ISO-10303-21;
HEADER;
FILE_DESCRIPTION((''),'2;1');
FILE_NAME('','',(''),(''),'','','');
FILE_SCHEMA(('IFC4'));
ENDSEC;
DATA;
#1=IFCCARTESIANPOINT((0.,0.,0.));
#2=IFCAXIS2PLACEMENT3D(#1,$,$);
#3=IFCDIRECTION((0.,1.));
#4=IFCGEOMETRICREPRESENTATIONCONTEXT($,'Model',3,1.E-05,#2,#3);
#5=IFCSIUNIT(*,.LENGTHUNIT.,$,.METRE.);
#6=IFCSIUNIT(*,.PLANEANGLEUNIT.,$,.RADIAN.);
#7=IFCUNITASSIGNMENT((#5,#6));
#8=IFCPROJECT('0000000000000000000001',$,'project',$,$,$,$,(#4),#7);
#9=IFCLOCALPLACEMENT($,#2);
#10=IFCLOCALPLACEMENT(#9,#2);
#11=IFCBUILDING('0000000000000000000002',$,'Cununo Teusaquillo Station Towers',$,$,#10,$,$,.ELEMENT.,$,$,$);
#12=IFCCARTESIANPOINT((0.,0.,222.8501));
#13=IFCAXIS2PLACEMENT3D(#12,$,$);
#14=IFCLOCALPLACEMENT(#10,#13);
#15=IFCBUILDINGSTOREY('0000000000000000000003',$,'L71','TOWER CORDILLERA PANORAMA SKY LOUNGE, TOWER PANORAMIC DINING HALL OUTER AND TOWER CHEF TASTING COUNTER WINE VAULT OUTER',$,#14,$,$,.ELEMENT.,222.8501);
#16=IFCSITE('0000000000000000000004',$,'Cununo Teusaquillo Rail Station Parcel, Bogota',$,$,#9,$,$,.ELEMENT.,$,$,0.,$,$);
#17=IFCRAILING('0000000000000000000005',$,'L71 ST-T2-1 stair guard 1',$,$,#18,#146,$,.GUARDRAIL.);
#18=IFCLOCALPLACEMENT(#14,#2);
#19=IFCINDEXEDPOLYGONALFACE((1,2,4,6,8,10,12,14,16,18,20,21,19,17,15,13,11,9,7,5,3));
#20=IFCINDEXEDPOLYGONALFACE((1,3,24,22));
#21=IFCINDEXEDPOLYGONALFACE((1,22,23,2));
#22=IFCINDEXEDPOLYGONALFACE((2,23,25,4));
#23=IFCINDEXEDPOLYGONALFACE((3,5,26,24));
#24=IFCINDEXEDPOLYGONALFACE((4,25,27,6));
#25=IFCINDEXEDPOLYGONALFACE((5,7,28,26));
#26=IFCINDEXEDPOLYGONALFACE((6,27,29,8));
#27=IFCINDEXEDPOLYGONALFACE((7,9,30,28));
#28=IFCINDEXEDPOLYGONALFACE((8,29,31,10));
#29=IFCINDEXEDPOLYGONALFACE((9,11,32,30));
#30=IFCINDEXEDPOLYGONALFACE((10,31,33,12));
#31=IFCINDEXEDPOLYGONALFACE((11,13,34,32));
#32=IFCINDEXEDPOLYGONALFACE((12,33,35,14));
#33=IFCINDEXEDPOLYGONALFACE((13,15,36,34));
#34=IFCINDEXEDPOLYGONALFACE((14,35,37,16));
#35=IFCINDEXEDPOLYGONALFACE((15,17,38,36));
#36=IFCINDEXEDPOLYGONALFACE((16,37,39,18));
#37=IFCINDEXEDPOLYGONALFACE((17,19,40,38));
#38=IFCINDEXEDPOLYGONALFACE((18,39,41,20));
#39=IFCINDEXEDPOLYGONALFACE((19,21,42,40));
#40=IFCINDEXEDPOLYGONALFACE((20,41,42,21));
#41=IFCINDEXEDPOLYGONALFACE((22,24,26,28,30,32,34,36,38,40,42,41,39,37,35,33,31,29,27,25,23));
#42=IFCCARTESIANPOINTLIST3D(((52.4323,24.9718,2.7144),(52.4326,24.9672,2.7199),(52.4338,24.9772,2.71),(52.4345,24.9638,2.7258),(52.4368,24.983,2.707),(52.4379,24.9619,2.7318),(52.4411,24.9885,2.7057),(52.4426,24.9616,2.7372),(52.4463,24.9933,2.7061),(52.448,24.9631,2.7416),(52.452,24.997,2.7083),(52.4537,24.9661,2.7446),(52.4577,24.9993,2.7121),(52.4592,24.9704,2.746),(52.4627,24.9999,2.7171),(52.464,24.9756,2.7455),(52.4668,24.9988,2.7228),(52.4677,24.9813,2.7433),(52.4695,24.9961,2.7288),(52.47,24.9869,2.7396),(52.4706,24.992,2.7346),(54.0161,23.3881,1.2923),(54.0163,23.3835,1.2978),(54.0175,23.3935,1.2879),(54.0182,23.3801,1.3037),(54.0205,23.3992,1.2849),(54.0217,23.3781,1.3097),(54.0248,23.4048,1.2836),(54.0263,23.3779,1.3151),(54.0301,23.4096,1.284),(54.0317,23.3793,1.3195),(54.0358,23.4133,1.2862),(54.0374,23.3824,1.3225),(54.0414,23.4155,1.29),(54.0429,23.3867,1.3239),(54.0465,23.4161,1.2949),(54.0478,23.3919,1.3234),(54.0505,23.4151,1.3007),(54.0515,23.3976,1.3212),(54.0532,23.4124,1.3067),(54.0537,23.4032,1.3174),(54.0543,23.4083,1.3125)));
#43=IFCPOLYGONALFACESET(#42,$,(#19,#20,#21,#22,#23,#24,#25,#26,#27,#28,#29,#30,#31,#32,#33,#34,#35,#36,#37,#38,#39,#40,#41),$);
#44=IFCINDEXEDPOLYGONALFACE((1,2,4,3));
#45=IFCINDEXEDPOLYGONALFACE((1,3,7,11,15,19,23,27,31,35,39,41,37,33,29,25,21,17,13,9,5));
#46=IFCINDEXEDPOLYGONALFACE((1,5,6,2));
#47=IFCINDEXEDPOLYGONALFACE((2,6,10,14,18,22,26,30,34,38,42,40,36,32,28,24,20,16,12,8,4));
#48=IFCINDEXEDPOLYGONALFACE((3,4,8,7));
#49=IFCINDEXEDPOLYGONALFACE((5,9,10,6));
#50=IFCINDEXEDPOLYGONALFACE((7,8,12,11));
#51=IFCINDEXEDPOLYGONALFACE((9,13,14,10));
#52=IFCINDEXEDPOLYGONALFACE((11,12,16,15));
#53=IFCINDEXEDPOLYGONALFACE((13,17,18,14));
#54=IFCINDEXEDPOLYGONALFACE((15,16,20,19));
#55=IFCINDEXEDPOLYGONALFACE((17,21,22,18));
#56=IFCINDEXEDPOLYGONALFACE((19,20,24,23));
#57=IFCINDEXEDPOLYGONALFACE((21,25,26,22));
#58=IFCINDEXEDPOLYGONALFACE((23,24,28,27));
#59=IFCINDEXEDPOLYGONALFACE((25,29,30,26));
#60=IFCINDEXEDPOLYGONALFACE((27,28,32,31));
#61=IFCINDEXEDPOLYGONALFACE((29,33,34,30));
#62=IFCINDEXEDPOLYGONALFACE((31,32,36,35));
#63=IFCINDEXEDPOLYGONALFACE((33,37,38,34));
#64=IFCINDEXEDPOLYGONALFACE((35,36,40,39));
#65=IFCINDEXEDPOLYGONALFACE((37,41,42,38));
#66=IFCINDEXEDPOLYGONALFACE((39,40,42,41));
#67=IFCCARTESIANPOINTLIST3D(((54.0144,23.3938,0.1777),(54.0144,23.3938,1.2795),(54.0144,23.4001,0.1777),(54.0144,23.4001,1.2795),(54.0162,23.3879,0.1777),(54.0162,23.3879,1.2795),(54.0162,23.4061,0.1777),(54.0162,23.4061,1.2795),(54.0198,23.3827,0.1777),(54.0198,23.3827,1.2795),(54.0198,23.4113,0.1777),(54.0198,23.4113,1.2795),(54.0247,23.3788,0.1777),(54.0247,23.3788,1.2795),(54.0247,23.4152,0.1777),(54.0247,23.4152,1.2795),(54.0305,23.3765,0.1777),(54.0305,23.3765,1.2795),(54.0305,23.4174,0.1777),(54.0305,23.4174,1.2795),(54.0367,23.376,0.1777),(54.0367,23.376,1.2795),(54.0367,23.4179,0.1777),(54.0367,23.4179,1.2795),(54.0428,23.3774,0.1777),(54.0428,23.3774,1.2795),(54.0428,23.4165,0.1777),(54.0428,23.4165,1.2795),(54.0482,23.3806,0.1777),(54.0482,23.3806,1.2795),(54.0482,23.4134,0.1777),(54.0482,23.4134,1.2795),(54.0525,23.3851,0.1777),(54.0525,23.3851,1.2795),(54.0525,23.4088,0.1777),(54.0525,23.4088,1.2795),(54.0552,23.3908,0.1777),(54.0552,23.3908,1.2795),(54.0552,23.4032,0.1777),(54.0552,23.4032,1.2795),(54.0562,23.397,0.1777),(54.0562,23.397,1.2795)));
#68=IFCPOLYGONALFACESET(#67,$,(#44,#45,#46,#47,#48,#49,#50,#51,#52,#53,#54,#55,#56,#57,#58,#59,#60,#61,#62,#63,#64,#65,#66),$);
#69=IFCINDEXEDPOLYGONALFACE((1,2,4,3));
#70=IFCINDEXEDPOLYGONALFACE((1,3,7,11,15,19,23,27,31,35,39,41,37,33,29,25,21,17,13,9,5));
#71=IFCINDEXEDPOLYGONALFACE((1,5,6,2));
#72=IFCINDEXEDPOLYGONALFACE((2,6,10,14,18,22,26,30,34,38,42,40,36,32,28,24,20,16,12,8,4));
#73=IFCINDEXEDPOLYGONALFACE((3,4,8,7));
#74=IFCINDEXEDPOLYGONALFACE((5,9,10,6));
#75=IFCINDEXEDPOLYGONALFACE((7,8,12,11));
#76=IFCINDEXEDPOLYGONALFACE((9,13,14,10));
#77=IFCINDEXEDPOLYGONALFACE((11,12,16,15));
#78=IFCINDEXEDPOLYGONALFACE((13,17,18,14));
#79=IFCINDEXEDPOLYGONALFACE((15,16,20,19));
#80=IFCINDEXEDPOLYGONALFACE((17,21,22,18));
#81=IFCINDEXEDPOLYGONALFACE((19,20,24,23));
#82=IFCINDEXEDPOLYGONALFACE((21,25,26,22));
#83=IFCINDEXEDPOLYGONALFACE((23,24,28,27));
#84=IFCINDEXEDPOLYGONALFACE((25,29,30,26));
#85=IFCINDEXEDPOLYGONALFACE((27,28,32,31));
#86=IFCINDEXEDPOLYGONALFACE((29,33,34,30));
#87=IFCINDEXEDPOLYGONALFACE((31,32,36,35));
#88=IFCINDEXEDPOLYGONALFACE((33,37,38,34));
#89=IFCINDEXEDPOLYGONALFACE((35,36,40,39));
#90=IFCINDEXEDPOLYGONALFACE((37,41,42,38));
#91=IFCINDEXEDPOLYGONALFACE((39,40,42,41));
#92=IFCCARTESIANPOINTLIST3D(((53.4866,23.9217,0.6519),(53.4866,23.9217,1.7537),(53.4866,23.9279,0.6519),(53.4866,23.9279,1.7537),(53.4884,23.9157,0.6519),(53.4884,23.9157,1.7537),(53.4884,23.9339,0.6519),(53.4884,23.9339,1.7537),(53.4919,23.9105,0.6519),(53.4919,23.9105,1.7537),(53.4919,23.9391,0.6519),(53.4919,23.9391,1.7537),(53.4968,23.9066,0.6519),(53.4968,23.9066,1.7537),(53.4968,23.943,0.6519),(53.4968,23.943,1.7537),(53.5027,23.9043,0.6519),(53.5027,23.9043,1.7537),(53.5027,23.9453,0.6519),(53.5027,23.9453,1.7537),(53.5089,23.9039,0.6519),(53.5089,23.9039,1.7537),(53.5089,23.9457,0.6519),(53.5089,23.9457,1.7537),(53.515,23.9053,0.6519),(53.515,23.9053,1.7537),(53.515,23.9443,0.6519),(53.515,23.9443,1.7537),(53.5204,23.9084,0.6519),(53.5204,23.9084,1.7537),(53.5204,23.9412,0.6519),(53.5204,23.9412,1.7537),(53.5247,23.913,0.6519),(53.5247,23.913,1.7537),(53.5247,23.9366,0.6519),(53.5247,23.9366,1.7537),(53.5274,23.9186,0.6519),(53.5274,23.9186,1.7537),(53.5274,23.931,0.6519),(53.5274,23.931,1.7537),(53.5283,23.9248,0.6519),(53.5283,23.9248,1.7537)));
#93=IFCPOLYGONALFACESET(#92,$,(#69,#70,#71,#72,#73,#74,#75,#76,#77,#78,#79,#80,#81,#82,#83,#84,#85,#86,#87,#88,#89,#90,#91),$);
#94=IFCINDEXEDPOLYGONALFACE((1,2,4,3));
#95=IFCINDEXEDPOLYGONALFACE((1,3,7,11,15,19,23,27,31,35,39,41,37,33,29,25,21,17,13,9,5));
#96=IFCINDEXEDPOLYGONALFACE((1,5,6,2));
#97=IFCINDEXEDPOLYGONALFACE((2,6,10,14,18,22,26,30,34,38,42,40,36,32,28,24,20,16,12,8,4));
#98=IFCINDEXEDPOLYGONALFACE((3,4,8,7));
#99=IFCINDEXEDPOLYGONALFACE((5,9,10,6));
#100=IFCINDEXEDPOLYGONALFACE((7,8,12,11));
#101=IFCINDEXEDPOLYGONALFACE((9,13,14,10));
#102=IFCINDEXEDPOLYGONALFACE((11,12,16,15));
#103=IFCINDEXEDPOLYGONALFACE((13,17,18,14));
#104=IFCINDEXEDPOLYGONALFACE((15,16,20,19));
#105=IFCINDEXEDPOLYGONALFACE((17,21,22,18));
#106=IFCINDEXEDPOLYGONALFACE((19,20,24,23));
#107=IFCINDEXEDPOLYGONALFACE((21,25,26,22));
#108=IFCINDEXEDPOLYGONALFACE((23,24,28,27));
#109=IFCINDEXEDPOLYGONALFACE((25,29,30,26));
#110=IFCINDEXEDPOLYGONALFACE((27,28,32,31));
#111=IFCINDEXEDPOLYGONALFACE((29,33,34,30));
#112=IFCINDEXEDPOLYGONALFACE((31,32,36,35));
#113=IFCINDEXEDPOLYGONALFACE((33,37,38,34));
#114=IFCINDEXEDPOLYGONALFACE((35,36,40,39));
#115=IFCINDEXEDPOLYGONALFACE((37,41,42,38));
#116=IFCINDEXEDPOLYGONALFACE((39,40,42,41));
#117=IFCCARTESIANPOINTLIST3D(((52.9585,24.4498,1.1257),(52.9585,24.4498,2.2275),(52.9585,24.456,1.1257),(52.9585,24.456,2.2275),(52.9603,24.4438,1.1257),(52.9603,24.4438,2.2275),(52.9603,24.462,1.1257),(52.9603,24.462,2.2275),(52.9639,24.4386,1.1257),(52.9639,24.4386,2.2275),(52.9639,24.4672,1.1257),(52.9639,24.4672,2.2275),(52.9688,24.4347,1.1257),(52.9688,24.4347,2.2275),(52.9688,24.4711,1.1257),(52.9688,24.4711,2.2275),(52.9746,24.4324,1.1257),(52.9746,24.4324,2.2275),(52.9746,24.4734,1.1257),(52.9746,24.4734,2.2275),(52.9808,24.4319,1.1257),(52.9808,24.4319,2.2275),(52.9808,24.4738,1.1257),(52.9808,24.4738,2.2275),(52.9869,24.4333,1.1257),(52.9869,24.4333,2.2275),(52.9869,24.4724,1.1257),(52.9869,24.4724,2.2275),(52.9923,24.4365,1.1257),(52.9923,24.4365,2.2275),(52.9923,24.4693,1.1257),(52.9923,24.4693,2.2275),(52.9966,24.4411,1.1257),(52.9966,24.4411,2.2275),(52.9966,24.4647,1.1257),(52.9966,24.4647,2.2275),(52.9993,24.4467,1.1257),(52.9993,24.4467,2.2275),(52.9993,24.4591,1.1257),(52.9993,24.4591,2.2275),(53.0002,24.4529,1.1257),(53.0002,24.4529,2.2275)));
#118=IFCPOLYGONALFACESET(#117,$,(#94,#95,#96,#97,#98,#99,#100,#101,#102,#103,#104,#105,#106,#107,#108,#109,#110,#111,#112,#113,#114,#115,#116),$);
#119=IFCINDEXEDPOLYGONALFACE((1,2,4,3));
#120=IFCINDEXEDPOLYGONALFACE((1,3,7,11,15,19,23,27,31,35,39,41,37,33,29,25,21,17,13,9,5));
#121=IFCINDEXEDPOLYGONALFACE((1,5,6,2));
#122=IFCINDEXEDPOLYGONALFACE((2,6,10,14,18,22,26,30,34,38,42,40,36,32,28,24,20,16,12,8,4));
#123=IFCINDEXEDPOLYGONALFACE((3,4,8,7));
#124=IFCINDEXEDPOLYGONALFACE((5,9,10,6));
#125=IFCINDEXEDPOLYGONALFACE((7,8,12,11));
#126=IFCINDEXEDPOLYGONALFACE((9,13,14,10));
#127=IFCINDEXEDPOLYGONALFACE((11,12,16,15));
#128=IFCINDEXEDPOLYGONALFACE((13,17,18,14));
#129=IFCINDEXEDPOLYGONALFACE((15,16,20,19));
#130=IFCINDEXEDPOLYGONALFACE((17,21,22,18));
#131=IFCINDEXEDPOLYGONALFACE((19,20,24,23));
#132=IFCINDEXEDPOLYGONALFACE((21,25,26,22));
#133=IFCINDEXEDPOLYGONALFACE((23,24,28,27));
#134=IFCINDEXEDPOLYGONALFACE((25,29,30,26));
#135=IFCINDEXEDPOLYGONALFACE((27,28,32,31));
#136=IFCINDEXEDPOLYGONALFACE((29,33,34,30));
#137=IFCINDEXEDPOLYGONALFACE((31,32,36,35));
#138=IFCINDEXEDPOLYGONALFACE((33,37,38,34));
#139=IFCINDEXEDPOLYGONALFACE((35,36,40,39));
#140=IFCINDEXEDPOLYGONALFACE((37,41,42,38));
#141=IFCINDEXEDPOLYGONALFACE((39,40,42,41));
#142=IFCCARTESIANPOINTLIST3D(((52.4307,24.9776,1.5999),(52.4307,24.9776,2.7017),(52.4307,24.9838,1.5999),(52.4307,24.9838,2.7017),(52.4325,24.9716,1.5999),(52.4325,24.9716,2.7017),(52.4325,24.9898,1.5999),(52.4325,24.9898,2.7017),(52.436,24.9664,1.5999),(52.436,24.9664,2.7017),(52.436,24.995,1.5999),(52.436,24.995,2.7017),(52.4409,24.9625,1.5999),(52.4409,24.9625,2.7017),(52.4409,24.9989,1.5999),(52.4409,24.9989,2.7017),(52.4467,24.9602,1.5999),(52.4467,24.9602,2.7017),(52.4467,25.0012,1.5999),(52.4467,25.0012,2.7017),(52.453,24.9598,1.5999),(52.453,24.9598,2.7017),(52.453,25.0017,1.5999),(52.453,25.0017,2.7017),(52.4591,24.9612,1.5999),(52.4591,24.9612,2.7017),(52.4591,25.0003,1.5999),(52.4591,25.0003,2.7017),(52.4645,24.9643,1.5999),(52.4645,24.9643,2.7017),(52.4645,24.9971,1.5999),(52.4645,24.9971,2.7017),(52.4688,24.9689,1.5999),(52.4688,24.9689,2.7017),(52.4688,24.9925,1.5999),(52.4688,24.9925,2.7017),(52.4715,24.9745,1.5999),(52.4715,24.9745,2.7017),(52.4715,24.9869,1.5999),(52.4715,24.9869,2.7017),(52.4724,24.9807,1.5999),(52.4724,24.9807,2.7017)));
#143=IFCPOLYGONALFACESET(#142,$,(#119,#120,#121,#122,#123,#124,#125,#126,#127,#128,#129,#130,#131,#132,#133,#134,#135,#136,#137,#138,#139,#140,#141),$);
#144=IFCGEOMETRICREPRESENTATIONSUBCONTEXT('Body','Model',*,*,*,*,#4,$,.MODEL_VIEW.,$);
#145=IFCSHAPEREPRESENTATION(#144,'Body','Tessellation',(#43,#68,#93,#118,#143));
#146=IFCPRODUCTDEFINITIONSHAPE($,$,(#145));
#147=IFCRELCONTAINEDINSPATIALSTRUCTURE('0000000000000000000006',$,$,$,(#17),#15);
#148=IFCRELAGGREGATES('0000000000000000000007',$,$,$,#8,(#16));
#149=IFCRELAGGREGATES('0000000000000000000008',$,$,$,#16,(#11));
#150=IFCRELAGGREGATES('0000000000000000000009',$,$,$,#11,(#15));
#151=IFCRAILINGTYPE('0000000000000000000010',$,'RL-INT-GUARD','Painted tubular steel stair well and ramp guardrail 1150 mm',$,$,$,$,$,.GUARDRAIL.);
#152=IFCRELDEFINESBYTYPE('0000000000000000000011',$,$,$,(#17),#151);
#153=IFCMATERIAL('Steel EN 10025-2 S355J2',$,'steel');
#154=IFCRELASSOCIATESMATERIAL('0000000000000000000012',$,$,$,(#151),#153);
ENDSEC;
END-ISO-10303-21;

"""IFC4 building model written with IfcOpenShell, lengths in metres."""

from ifc_helpers import new_model, si_unit, direction, frame, origin, origin_2d, place, context, subcontext, project, spatial, circle, extrude, material, type_object, element, save


model = new_model("IFC4")

# Units and contexts
model_context = context("Model", 3, precision=1e-05, world=origin(), true_north=direction((0.0, 1.0)))
body_context = subcontext(model_context, "Body", "Model", "MODEL_VIEW")
ifc_project = project(units=[si_unit("LENGTHUNIT", "METRE"), si_unit("PLANEANGLEUNIT", "RADIAN")], contexts=[model_context])

# Site, building, storey
site_placement = place(None, origin())
site = spatial("IfcSite", under=ifc_project, at=site_placement, Name="Cununo Teusaquillo Rail Station Parcel, Bogota", CompositionType="ELEMENT", RefElevation=0.0)
building_placement = place(site_placement, origin())
building = spatial("IfcBuilding", under=site, at=building_placement, Name="Cununo Teusaquillo Station Towers", CompositionType="ELEMENT")
storey_placement = place(building_placement, frame((0.0, 0.0, 222.8501)))
storey = spatial("IfcBuildingStorey", under=building, at=storey_placement, Name="L71", Description="TOWER CORDILLERA PANORAMA SKY LOUNGE, TOWER PANORAMIC DINING HALL OUTER AND TOWER CHEF TASTING COUNTER WINE VAULT OUTER", CompositionType="ELEMENT", Elevation=222.8501)

# Railing
ifc_material_1 = material(Name="Steel EN 10025-2 S355J2", Category="steel")
railing_type_1 = type_object("IfcRailingType", Name="RL-INT-GUARD", Description="Painted tubular steel stair well and ramp guardrail 1150 mm", PredefinedType="GUARDRAIL", material=ifc_material_1)
railing_1_placement = place(storey_placement, frame((54.0352, 23.397, 0.1777)))
element("IfcRailing", 1, at=railing_1_placement, inside=storey, type_object=railing_type_1, Name="L71 ST-T2-1 stair guard 1", PredefinedType="GUARDRAIL", context=body_context, shape_type="SweptSolid", body=[
    extrude(circle(Radius=0.0239, at=origin_2d()), frame((0.0, 0.0, 1.126), z_axis=(-0.596942, 0.596942, 0.536024), x_axis=(-0.707107, -0.707107, 0.0)), (0.0, 0.0, 1.0), 2.6531),
    extrude(circle(Radius=0.021, at=origin_2d()), origin(), (0.0, 0.0, 1.0), 1.1018),
    extrude(circle(Radius=0.021, at=origin_2d()), frame((-0.5278, 0.5278, 0.4741)), (0.0, 0.0, 1.0), 1.1018),
    extrude(circle(Radius=0.021, at=origin_2d()), frame((-1.0559, 1.0559, 0.948)), (0.0, 0.0, 1.0), 1.1018),
    extrude(circle(Radius=0.021, at=origin_2d()), frame((-1.5837, 1.5837, 1.4221)), (0.0, 0.0, 1.0), 1.1018),
])

save(model, "model.ifc")
